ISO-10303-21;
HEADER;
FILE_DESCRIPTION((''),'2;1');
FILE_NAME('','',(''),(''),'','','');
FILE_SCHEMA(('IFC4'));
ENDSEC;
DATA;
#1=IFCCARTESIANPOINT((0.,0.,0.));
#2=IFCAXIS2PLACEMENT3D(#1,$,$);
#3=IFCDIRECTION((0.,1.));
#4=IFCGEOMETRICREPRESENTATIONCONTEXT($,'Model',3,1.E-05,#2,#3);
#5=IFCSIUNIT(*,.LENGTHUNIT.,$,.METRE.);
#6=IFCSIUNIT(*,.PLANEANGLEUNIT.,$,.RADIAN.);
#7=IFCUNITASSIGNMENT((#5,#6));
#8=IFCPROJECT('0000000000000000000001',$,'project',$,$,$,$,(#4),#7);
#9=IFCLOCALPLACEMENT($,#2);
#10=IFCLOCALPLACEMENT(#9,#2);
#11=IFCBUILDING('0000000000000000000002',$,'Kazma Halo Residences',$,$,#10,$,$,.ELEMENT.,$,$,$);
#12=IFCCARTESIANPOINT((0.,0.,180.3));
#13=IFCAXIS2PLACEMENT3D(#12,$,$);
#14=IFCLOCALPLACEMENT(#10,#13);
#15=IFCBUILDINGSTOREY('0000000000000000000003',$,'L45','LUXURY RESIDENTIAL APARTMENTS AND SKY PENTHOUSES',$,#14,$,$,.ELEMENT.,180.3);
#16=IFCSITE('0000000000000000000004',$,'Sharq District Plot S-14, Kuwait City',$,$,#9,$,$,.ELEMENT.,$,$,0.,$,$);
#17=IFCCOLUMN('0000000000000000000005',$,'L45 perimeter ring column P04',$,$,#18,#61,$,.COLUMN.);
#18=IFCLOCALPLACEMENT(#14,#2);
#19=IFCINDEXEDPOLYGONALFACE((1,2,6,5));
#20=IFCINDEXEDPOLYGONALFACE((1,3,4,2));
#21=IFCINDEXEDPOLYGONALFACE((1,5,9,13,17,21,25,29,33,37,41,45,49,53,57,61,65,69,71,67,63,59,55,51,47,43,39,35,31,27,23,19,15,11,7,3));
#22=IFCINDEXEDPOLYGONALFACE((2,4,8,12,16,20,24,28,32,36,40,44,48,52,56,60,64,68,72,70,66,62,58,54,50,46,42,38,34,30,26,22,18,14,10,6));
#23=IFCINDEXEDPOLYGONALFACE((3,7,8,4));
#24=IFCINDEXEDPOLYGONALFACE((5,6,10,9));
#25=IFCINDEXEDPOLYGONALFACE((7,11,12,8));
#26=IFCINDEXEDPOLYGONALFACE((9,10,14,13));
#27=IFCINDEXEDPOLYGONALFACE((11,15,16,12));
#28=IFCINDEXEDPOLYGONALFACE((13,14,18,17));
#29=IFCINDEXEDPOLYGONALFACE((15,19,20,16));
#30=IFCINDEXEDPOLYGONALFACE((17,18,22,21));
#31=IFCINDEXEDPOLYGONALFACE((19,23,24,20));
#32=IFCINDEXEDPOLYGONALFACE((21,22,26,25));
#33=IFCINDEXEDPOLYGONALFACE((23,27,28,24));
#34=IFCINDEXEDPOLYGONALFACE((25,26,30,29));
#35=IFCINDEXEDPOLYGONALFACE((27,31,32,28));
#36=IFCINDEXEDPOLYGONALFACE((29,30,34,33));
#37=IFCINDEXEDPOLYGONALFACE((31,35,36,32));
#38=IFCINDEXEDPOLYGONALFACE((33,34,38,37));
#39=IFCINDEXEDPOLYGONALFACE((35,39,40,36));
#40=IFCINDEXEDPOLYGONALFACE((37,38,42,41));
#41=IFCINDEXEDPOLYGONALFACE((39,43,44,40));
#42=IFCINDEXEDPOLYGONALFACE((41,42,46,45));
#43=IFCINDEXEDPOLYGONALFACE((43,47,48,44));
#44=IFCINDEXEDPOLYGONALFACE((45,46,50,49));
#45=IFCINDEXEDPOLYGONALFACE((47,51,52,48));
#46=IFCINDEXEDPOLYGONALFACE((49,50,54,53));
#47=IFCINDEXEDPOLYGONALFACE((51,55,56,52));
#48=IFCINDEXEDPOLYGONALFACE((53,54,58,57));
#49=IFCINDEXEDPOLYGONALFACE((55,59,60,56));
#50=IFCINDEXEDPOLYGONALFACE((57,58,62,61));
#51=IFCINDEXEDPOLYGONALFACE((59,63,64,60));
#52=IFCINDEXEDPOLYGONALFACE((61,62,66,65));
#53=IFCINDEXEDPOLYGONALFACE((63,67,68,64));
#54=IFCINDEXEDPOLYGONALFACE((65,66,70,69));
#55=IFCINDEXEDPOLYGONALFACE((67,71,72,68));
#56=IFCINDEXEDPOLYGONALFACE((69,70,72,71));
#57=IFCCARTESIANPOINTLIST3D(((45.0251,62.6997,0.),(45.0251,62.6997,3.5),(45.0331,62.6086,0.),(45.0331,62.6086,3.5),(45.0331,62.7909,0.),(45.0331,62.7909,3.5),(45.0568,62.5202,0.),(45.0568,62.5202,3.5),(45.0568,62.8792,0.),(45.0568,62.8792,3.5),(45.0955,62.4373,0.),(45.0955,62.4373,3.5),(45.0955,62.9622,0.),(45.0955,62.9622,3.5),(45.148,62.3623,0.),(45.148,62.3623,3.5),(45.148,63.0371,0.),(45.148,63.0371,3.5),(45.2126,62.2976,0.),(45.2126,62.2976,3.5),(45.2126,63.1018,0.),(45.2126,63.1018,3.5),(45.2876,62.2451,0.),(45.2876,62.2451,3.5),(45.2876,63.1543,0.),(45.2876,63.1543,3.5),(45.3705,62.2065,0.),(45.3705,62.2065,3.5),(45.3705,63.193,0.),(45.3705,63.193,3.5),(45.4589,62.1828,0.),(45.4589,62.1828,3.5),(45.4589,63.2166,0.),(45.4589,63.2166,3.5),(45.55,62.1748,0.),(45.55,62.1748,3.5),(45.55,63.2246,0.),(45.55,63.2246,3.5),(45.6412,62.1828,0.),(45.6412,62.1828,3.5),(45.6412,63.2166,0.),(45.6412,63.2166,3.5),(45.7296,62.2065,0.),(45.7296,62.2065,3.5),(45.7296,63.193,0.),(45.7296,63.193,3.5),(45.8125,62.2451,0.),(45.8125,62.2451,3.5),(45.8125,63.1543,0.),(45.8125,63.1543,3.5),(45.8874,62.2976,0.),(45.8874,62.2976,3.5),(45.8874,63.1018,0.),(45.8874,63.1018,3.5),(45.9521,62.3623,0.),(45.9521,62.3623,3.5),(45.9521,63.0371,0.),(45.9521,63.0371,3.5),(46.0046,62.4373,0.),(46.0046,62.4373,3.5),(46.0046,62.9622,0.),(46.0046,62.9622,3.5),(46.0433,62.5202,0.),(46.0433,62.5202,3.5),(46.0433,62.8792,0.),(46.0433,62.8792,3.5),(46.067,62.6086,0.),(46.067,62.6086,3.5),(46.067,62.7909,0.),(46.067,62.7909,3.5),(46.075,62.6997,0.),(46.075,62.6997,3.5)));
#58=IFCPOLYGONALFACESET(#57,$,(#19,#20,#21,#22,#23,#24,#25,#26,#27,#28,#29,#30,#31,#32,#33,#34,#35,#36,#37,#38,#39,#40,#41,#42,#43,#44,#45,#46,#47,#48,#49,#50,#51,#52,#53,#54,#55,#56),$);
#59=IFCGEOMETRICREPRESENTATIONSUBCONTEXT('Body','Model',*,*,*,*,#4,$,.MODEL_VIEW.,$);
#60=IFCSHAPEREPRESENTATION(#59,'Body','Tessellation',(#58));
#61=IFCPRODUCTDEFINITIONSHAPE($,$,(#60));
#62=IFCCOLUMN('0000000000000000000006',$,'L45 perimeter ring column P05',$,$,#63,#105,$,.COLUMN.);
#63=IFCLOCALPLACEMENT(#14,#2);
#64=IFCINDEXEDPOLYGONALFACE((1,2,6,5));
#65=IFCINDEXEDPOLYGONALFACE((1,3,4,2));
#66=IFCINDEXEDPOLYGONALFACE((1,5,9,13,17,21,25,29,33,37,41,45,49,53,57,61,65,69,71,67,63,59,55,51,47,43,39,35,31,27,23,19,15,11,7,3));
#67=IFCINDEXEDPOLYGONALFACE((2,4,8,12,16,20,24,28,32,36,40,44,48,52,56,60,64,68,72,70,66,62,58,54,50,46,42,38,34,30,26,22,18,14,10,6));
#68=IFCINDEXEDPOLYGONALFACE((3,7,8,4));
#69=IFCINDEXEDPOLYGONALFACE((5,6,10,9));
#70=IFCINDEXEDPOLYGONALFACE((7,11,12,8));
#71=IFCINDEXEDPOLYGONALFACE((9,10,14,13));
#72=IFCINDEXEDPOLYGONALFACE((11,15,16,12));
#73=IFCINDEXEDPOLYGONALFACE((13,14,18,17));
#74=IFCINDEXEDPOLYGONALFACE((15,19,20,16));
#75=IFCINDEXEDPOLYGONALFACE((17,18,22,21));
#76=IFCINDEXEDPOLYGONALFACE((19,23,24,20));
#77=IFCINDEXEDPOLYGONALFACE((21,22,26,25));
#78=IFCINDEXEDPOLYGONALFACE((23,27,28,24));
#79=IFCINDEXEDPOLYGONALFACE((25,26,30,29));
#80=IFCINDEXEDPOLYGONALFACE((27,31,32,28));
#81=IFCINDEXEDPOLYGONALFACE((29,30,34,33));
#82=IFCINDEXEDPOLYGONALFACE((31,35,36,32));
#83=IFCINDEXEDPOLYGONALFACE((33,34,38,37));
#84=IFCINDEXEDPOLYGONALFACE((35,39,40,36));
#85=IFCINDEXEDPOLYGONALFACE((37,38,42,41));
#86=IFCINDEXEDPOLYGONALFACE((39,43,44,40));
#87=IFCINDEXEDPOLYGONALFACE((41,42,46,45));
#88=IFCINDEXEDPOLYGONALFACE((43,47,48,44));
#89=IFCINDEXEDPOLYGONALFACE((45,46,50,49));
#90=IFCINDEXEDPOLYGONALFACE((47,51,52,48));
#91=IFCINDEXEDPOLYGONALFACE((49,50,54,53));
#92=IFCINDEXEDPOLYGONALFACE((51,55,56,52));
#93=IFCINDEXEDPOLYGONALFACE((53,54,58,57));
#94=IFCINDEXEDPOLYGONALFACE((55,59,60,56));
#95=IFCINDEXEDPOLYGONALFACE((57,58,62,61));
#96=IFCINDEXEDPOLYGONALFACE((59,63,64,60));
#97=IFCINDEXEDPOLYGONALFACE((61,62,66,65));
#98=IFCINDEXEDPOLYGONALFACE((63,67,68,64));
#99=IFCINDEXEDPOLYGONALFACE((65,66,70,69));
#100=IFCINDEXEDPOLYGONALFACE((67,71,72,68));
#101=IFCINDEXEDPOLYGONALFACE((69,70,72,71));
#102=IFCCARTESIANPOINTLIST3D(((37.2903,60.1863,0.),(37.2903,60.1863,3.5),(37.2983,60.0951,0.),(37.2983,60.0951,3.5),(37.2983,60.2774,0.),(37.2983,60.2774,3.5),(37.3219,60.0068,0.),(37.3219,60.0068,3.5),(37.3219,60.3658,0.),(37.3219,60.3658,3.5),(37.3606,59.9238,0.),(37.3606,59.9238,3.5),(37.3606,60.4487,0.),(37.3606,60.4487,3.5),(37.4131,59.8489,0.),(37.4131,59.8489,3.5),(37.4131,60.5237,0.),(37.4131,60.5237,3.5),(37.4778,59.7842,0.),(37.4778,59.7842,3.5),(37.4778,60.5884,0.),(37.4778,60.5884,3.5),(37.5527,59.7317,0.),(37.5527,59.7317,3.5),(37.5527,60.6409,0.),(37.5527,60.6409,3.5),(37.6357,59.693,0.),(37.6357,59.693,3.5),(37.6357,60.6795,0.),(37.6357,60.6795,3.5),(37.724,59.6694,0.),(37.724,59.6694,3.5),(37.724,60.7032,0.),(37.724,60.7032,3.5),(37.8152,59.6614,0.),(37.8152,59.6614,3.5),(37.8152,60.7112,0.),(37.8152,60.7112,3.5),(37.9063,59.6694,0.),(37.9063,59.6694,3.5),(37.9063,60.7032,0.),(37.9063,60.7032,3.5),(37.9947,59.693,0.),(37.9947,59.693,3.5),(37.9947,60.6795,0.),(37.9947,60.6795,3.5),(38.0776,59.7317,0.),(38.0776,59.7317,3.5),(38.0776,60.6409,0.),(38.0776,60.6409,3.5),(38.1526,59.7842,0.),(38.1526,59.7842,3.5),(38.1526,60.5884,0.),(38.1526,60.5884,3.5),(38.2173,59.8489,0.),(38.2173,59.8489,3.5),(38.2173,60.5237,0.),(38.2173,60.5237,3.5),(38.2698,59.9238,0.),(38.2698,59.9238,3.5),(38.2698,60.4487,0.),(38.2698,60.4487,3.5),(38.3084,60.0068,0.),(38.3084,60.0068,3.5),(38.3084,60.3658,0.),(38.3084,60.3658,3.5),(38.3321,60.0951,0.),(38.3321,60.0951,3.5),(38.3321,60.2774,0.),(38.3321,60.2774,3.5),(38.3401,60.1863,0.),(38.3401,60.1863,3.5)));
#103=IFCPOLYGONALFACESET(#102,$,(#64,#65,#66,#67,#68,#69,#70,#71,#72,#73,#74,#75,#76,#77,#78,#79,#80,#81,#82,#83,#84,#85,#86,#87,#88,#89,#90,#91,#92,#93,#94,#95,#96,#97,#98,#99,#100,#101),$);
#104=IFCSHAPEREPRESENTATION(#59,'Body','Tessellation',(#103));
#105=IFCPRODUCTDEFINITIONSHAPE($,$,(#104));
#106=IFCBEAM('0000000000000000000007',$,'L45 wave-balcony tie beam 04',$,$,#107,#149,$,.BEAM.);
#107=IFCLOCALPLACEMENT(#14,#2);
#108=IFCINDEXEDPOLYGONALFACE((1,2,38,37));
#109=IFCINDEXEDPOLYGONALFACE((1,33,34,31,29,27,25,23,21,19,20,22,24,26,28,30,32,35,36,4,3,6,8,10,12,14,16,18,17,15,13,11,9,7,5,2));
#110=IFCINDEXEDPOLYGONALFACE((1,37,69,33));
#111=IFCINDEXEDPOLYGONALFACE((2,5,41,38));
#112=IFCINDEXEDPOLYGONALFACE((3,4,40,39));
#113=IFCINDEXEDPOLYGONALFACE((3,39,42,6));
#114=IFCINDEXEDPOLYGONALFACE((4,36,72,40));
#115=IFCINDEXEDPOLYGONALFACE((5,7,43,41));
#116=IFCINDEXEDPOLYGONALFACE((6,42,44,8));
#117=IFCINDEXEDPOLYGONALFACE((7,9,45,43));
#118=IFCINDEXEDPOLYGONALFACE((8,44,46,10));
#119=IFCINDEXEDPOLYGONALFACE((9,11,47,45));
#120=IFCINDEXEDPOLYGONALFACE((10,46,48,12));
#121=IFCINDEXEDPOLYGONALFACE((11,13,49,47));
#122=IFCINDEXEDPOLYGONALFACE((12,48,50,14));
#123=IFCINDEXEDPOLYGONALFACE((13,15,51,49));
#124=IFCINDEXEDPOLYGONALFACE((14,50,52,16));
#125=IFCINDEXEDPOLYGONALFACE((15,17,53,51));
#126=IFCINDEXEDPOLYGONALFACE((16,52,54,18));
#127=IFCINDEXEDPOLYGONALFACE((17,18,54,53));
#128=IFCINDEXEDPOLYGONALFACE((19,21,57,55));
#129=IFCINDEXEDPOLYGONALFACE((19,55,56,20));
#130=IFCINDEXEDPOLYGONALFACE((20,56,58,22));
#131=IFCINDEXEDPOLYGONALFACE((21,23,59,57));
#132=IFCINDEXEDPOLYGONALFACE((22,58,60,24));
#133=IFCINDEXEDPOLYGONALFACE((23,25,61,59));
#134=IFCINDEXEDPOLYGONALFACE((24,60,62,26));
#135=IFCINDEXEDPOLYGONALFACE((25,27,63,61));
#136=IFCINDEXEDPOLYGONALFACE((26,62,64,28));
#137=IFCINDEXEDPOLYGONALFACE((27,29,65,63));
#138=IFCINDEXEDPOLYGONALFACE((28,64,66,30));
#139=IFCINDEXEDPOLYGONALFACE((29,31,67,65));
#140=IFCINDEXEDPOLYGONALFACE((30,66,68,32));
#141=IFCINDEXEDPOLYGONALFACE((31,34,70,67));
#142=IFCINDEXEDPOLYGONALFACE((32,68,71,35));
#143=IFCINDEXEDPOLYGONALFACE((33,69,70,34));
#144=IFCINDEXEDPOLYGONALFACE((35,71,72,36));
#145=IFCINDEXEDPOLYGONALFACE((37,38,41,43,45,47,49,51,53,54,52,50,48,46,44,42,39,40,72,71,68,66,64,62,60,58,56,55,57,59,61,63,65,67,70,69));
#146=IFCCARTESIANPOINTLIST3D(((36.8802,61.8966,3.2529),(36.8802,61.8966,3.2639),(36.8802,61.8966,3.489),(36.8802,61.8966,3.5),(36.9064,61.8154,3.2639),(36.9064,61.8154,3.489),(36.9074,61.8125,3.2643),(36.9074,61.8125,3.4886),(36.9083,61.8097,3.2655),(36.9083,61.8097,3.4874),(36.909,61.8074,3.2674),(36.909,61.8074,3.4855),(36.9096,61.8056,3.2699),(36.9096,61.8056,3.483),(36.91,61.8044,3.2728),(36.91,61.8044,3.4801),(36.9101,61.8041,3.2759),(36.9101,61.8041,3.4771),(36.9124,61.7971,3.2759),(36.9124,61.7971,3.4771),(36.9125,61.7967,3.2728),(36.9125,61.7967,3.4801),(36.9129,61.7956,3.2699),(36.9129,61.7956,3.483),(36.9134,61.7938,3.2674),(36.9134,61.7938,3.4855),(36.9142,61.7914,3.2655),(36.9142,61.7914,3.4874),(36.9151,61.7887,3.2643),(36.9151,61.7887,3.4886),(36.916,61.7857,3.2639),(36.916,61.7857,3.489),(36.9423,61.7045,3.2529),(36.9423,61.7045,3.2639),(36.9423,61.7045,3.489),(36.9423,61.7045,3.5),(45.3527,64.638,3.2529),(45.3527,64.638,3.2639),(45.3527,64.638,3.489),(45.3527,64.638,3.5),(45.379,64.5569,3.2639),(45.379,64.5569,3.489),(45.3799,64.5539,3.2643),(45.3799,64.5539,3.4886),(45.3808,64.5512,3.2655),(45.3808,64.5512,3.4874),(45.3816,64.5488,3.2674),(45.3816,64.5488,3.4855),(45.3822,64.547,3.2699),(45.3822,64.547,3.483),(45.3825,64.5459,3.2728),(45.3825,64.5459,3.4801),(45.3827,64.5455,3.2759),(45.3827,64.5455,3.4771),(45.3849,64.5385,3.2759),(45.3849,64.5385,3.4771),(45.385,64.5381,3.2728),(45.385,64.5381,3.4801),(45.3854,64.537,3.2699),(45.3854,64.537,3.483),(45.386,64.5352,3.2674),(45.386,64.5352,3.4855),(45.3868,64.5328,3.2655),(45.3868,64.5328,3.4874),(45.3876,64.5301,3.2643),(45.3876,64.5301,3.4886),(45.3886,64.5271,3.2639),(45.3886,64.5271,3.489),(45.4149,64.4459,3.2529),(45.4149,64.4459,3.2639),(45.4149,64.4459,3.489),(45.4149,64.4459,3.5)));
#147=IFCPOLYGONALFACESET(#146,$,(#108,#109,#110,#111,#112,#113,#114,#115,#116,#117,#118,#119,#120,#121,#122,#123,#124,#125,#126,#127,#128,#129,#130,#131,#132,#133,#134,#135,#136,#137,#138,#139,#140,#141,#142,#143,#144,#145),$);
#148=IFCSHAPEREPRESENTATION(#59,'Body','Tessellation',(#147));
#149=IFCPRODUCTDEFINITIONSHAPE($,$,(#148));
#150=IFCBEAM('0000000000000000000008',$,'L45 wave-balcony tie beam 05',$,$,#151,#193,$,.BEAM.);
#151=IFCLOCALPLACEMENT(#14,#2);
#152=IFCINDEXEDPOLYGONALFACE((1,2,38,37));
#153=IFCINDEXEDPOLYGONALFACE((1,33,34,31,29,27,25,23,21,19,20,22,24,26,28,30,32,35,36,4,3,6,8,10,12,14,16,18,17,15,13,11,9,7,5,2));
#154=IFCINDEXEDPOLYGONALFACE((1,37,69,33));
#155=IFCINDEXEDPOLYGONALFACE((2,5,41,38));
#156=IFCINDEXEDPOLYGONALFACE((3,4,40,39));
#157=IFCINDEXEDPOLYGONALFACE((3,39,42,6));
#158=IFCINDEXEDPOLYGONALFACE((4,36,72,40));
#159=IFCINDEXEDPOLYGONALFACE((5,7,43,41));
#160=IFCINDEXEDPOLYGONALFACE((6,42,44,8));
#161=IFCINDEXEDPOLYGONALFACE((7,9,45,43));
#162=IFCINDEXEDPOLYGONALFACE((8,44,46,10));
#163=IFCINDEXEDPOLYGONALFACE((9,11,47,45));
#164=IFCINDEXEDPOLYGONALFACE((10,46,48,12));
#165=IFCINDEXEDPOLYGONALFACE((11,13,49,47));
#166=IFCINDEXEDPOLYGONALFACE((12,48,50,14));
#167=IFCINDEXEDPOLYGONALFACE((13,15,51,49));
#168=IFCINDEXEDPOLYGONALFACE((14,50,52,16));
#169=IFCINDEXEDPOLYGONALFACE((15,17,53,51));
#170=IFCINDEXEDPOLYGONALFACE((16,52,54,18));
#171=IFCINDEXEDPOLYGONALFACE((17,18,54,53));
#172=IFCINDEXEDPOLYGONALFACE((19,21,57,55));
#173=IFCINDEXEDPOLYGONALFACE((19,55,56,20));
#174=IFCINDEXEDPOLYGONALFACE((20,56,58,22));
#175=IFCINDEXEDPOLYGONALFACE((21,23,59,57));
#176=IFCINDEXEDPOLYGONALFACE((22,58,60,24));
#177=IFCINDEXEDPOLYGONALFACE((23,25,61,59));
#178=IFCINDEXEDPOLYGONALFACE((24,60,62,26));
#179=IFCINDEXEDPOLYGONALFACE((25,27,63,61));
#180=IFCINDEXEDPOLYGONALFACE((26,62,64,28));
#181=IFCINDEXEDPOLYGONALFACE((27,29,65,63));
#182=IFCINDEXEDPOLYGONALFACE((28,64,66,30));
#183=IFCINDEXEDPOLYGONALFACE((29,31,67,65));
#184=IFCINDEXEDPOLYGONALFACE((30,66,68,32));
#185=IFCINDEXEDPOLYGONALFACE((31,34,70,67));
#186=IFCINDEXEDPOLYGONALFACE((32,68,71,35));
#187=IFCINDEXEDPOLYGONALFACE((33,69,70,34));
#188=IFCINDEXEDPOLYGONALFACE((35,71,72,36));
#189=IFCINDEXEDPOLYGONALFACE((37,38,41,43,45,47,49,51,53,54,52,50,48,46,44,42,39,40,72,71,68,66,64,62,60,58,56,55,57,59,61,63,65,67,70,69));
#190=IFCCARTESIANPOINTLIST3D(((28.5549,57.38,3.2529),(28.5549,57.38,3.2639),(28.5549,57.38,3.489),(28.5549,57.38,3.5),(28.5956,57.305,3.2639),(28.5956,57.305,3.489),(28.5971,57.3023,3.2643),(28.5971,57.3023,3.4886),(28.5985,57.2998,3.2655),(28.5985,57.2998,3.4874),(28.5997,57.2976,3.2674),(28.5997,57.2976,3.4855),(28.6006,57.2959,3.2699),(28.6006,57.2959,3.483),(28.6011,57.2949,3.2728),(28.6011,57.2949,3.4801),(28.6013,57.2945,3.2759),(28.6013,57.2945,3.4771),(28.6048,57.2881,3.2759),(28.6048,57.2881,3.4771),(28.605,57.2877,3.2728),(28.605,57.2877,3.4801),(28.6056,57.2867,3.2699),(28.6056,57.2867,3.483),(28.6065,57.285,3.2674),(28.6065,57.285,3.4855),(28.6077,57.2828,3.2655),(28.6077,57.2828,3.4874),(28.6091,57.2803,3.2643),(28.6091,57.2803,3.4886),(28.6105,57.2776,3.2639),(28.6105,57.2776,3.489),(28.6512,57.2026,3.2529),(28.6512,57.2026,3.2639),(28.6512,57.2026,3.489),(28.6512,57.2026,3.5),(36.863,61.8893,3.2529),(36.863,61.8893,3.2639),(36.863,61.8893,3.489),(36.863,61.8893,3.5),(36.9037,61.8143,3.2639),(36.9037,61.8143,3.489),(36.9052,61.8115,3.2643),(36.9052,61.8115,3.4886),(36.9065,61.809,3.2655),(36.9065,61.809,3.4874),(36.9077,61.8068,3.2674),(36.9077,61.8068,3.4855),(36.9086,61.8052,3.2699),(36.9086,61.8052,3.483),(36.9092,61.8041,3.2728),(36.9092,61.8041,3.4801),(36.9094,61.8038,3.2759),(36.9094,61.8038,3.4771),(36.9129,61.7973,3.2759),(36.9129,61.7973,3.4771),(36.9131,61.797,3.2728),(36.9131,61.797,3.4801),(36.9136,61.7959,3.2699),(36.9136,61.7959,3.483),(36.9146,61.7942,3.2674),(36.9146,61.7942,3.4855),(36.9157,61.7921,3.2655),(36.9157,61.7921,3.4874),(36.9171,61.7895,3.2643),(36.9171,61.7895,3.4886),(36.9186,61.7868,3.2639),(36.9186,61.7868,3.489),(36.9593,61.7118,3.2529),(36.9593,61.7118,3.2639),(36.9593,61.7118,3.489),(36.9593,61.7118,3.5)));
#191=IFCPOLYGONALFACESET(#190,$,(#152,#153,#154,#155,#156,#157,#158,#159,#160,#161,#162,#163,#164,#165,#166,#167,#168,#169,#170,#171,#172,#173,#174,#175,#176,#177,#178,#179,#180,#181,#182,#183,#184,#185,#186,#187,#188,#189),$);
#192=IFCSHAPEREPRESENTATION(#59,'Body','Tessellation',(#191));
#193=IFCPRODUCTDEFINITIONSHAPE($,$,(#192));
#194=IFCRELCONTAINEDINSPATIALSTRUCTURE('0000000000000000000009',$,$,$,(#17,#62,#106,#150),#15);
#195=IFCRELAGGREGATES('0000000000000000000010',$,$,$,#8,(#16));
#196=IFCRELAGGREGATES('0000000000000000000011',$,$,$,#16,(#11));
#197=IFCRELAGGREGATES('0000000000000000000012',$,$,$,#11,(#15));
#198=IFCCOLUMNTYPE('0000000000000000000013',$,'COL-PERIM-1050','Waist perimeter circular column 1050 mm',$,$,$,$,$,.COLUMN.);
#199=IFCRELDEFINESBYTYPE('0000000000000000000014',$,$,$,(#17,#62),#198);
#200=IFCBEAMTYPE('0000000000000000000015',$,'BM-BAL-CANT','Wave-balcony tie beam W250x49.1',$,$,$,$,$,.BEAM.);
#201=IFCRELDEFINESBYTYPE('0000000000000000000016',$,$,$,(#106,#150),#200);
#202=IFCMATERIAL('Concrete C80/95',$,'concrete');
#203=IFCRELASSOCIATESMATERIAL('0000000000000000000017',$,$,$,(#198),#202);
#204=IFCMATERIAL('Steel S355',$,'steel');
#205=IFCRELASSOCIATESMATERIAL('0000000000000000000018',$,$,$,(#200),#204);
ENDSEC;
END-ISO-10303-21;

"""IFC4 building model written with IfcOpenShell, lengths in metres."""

from ifc_helpers import new_model, si_unit, direction, frame, origin, origin_2d, place, context, subcontext, project, spatial, circle, i_section, extrude, material, material_profile, profile_set, type_object, element, save


model = new_model("IFC4")

# Units and contexts
model_context = context("Model", 3, precision=1e-05, world=origin(), true_north=direction((0.0, 1.0)))
body_context = subcontext(model_context, "Body", "Model", "MODEL_VIEW")
ifc_project = project(units=[si_unit("LENGTHUNIT", "METRE"), si_unit("PLANEANGLEUNIT", "RADIAN")], contexts=[model_context])

# Site, building, storey
site_placement = place(None, origin())
site = spatial("IfcSite", under=ifc_project, at=site_placement, Name="Sharq District Plot S-14, Kuwait City", CompositionType="ELEMENT", RefElevation=0.0)
building_placement = place(site_placement, origin())
building = spatial("IfcBuilding", under=site, at=building_placement, Name="Kazma Halo Residences", CompositionType="ELEMENT")
storey_placement = place(building_placement, frame((0.0, 0.0, 180.3)))
storey = spatial("IfcBuildingStorey", under=building, at=storey_placement, Name="L45", Description="LUXURY RESIDENTIAL APARTMENTS AND SKY PENTHOUSES", CompositionType="ELEMENT", Elevation=180.3)

# Columns
ifc_material_1 = material(Name="Concrete C80/95", Category="concrete")
ifc_material_profile_1 = material_profile(ifc_material_1, circle(Radius=0.5249, at=origin_2d()), Name="CIRC1050")
ifc_profile_set_1 = profile_set([ifc_material_profile_1], Name="Concrete C80/95")
column_type = type_object("IfcColumnType", Name="COL-PERIM-1050", Description="Waist perimeter circular column 1050 mm", PredefinedType="COLUMN", material=ifc_profile_set_1)
for number, where, z_axis, x_axis, name in (
    (1, (45.55, 62.6997, 0.0), (0.0, 0.0, 1.0), (1.0, 0.0, 0.0), "L45 perimeter ring column P04"),
    (2, (37.8152, 60.1863, 0.0), (0.0, 0.0, 1.0), (1.0, 0.0, 0.0), "L45 perimeter ring column P05"),
):
    element("IfcColumn", number, at=place(storey_placement, frame(where, z_axis=z_axis, x_axis=x_axis)), inside=storey, type_object=column_type, Name=name, PredefinedType="COLUMN", context=body_context, shape_type="SweptSolid", body=[
        extrude(circle(Radius=0.5249, at=origin_2d()), origin(), (0.0, 0.0, 1.0), 3.5),
    ])

# Beams
ifc_material_2 = material(Name="Steel S355", Category="steel")
ifc_material_profile_2 = material_profile(ifc_material_2, i_section(OverallWidth=0.2019, OverallDepth=0.2471, WebThickness=0.0073, FlangeThickness=0.011, FilletRadius=0.012, at=origin_2d()), Name="W250x49.1")
ifc_profile_set_2 = profile_set([ifc_material_profile_2], Name="Steel S355")
beam_type_1 = type_object("IfcBeamType", Name="BM-BAL-CANT", Description="Wave-balcony tie beam W250x49.1", PredefinedType="BEAM", material=ifc_profile_set_2)
beam_1_placement = place(storey_placement, frame((45.3838, 64.542, 3.3765), z_axis=(-0.951435, -0.307851, 0.0), x_axis=(0.307851, -0.951435, 0.0)))
element("IfcBeam", 3, at=beam_1_placement, inside=storey, type_object=beam_type_1, Name="L45 wave-balcony tie beam 04", PredefinedType="BEAM", context=body_context, shape_type="SweptSolid", body=[
    extrude(i_section(OverallWidth=0.2019, OverallDepth=0.2471, WebThickness=0.0073, FlangeThickness=0.011, FilletRadius=0.012, at=origin_2d()), origin(), (0.0, 0.0, 1.0), 8.905),
])
beam_2_placement = place(storey_placement, frame((36.9111, 61.8005, 3.3765), z_axis=(-0.878891, -0.477023, 0.0), x_axis=(0.477023, -0.878891, 0.0)))
element("IfcBeam", 4, at=beam_2_placement, inside=storey, type_object=beam_type_1, Name="L45 wave-balcony tie beam 05", PredefinedType="BEAM", context=body_context, shape_type="SweptSolid", body=[
    extrude(i_section(OverallWidth=0.2019, OverallDepth=0.2471, WebThickness=0.0073, FlangeThickness=0.011, FilletRadius=0.012, at=origin_2d()), origin(), (0.0, 0.0, 1.0), 9.4529),
])

save(model, "model.ifc")
